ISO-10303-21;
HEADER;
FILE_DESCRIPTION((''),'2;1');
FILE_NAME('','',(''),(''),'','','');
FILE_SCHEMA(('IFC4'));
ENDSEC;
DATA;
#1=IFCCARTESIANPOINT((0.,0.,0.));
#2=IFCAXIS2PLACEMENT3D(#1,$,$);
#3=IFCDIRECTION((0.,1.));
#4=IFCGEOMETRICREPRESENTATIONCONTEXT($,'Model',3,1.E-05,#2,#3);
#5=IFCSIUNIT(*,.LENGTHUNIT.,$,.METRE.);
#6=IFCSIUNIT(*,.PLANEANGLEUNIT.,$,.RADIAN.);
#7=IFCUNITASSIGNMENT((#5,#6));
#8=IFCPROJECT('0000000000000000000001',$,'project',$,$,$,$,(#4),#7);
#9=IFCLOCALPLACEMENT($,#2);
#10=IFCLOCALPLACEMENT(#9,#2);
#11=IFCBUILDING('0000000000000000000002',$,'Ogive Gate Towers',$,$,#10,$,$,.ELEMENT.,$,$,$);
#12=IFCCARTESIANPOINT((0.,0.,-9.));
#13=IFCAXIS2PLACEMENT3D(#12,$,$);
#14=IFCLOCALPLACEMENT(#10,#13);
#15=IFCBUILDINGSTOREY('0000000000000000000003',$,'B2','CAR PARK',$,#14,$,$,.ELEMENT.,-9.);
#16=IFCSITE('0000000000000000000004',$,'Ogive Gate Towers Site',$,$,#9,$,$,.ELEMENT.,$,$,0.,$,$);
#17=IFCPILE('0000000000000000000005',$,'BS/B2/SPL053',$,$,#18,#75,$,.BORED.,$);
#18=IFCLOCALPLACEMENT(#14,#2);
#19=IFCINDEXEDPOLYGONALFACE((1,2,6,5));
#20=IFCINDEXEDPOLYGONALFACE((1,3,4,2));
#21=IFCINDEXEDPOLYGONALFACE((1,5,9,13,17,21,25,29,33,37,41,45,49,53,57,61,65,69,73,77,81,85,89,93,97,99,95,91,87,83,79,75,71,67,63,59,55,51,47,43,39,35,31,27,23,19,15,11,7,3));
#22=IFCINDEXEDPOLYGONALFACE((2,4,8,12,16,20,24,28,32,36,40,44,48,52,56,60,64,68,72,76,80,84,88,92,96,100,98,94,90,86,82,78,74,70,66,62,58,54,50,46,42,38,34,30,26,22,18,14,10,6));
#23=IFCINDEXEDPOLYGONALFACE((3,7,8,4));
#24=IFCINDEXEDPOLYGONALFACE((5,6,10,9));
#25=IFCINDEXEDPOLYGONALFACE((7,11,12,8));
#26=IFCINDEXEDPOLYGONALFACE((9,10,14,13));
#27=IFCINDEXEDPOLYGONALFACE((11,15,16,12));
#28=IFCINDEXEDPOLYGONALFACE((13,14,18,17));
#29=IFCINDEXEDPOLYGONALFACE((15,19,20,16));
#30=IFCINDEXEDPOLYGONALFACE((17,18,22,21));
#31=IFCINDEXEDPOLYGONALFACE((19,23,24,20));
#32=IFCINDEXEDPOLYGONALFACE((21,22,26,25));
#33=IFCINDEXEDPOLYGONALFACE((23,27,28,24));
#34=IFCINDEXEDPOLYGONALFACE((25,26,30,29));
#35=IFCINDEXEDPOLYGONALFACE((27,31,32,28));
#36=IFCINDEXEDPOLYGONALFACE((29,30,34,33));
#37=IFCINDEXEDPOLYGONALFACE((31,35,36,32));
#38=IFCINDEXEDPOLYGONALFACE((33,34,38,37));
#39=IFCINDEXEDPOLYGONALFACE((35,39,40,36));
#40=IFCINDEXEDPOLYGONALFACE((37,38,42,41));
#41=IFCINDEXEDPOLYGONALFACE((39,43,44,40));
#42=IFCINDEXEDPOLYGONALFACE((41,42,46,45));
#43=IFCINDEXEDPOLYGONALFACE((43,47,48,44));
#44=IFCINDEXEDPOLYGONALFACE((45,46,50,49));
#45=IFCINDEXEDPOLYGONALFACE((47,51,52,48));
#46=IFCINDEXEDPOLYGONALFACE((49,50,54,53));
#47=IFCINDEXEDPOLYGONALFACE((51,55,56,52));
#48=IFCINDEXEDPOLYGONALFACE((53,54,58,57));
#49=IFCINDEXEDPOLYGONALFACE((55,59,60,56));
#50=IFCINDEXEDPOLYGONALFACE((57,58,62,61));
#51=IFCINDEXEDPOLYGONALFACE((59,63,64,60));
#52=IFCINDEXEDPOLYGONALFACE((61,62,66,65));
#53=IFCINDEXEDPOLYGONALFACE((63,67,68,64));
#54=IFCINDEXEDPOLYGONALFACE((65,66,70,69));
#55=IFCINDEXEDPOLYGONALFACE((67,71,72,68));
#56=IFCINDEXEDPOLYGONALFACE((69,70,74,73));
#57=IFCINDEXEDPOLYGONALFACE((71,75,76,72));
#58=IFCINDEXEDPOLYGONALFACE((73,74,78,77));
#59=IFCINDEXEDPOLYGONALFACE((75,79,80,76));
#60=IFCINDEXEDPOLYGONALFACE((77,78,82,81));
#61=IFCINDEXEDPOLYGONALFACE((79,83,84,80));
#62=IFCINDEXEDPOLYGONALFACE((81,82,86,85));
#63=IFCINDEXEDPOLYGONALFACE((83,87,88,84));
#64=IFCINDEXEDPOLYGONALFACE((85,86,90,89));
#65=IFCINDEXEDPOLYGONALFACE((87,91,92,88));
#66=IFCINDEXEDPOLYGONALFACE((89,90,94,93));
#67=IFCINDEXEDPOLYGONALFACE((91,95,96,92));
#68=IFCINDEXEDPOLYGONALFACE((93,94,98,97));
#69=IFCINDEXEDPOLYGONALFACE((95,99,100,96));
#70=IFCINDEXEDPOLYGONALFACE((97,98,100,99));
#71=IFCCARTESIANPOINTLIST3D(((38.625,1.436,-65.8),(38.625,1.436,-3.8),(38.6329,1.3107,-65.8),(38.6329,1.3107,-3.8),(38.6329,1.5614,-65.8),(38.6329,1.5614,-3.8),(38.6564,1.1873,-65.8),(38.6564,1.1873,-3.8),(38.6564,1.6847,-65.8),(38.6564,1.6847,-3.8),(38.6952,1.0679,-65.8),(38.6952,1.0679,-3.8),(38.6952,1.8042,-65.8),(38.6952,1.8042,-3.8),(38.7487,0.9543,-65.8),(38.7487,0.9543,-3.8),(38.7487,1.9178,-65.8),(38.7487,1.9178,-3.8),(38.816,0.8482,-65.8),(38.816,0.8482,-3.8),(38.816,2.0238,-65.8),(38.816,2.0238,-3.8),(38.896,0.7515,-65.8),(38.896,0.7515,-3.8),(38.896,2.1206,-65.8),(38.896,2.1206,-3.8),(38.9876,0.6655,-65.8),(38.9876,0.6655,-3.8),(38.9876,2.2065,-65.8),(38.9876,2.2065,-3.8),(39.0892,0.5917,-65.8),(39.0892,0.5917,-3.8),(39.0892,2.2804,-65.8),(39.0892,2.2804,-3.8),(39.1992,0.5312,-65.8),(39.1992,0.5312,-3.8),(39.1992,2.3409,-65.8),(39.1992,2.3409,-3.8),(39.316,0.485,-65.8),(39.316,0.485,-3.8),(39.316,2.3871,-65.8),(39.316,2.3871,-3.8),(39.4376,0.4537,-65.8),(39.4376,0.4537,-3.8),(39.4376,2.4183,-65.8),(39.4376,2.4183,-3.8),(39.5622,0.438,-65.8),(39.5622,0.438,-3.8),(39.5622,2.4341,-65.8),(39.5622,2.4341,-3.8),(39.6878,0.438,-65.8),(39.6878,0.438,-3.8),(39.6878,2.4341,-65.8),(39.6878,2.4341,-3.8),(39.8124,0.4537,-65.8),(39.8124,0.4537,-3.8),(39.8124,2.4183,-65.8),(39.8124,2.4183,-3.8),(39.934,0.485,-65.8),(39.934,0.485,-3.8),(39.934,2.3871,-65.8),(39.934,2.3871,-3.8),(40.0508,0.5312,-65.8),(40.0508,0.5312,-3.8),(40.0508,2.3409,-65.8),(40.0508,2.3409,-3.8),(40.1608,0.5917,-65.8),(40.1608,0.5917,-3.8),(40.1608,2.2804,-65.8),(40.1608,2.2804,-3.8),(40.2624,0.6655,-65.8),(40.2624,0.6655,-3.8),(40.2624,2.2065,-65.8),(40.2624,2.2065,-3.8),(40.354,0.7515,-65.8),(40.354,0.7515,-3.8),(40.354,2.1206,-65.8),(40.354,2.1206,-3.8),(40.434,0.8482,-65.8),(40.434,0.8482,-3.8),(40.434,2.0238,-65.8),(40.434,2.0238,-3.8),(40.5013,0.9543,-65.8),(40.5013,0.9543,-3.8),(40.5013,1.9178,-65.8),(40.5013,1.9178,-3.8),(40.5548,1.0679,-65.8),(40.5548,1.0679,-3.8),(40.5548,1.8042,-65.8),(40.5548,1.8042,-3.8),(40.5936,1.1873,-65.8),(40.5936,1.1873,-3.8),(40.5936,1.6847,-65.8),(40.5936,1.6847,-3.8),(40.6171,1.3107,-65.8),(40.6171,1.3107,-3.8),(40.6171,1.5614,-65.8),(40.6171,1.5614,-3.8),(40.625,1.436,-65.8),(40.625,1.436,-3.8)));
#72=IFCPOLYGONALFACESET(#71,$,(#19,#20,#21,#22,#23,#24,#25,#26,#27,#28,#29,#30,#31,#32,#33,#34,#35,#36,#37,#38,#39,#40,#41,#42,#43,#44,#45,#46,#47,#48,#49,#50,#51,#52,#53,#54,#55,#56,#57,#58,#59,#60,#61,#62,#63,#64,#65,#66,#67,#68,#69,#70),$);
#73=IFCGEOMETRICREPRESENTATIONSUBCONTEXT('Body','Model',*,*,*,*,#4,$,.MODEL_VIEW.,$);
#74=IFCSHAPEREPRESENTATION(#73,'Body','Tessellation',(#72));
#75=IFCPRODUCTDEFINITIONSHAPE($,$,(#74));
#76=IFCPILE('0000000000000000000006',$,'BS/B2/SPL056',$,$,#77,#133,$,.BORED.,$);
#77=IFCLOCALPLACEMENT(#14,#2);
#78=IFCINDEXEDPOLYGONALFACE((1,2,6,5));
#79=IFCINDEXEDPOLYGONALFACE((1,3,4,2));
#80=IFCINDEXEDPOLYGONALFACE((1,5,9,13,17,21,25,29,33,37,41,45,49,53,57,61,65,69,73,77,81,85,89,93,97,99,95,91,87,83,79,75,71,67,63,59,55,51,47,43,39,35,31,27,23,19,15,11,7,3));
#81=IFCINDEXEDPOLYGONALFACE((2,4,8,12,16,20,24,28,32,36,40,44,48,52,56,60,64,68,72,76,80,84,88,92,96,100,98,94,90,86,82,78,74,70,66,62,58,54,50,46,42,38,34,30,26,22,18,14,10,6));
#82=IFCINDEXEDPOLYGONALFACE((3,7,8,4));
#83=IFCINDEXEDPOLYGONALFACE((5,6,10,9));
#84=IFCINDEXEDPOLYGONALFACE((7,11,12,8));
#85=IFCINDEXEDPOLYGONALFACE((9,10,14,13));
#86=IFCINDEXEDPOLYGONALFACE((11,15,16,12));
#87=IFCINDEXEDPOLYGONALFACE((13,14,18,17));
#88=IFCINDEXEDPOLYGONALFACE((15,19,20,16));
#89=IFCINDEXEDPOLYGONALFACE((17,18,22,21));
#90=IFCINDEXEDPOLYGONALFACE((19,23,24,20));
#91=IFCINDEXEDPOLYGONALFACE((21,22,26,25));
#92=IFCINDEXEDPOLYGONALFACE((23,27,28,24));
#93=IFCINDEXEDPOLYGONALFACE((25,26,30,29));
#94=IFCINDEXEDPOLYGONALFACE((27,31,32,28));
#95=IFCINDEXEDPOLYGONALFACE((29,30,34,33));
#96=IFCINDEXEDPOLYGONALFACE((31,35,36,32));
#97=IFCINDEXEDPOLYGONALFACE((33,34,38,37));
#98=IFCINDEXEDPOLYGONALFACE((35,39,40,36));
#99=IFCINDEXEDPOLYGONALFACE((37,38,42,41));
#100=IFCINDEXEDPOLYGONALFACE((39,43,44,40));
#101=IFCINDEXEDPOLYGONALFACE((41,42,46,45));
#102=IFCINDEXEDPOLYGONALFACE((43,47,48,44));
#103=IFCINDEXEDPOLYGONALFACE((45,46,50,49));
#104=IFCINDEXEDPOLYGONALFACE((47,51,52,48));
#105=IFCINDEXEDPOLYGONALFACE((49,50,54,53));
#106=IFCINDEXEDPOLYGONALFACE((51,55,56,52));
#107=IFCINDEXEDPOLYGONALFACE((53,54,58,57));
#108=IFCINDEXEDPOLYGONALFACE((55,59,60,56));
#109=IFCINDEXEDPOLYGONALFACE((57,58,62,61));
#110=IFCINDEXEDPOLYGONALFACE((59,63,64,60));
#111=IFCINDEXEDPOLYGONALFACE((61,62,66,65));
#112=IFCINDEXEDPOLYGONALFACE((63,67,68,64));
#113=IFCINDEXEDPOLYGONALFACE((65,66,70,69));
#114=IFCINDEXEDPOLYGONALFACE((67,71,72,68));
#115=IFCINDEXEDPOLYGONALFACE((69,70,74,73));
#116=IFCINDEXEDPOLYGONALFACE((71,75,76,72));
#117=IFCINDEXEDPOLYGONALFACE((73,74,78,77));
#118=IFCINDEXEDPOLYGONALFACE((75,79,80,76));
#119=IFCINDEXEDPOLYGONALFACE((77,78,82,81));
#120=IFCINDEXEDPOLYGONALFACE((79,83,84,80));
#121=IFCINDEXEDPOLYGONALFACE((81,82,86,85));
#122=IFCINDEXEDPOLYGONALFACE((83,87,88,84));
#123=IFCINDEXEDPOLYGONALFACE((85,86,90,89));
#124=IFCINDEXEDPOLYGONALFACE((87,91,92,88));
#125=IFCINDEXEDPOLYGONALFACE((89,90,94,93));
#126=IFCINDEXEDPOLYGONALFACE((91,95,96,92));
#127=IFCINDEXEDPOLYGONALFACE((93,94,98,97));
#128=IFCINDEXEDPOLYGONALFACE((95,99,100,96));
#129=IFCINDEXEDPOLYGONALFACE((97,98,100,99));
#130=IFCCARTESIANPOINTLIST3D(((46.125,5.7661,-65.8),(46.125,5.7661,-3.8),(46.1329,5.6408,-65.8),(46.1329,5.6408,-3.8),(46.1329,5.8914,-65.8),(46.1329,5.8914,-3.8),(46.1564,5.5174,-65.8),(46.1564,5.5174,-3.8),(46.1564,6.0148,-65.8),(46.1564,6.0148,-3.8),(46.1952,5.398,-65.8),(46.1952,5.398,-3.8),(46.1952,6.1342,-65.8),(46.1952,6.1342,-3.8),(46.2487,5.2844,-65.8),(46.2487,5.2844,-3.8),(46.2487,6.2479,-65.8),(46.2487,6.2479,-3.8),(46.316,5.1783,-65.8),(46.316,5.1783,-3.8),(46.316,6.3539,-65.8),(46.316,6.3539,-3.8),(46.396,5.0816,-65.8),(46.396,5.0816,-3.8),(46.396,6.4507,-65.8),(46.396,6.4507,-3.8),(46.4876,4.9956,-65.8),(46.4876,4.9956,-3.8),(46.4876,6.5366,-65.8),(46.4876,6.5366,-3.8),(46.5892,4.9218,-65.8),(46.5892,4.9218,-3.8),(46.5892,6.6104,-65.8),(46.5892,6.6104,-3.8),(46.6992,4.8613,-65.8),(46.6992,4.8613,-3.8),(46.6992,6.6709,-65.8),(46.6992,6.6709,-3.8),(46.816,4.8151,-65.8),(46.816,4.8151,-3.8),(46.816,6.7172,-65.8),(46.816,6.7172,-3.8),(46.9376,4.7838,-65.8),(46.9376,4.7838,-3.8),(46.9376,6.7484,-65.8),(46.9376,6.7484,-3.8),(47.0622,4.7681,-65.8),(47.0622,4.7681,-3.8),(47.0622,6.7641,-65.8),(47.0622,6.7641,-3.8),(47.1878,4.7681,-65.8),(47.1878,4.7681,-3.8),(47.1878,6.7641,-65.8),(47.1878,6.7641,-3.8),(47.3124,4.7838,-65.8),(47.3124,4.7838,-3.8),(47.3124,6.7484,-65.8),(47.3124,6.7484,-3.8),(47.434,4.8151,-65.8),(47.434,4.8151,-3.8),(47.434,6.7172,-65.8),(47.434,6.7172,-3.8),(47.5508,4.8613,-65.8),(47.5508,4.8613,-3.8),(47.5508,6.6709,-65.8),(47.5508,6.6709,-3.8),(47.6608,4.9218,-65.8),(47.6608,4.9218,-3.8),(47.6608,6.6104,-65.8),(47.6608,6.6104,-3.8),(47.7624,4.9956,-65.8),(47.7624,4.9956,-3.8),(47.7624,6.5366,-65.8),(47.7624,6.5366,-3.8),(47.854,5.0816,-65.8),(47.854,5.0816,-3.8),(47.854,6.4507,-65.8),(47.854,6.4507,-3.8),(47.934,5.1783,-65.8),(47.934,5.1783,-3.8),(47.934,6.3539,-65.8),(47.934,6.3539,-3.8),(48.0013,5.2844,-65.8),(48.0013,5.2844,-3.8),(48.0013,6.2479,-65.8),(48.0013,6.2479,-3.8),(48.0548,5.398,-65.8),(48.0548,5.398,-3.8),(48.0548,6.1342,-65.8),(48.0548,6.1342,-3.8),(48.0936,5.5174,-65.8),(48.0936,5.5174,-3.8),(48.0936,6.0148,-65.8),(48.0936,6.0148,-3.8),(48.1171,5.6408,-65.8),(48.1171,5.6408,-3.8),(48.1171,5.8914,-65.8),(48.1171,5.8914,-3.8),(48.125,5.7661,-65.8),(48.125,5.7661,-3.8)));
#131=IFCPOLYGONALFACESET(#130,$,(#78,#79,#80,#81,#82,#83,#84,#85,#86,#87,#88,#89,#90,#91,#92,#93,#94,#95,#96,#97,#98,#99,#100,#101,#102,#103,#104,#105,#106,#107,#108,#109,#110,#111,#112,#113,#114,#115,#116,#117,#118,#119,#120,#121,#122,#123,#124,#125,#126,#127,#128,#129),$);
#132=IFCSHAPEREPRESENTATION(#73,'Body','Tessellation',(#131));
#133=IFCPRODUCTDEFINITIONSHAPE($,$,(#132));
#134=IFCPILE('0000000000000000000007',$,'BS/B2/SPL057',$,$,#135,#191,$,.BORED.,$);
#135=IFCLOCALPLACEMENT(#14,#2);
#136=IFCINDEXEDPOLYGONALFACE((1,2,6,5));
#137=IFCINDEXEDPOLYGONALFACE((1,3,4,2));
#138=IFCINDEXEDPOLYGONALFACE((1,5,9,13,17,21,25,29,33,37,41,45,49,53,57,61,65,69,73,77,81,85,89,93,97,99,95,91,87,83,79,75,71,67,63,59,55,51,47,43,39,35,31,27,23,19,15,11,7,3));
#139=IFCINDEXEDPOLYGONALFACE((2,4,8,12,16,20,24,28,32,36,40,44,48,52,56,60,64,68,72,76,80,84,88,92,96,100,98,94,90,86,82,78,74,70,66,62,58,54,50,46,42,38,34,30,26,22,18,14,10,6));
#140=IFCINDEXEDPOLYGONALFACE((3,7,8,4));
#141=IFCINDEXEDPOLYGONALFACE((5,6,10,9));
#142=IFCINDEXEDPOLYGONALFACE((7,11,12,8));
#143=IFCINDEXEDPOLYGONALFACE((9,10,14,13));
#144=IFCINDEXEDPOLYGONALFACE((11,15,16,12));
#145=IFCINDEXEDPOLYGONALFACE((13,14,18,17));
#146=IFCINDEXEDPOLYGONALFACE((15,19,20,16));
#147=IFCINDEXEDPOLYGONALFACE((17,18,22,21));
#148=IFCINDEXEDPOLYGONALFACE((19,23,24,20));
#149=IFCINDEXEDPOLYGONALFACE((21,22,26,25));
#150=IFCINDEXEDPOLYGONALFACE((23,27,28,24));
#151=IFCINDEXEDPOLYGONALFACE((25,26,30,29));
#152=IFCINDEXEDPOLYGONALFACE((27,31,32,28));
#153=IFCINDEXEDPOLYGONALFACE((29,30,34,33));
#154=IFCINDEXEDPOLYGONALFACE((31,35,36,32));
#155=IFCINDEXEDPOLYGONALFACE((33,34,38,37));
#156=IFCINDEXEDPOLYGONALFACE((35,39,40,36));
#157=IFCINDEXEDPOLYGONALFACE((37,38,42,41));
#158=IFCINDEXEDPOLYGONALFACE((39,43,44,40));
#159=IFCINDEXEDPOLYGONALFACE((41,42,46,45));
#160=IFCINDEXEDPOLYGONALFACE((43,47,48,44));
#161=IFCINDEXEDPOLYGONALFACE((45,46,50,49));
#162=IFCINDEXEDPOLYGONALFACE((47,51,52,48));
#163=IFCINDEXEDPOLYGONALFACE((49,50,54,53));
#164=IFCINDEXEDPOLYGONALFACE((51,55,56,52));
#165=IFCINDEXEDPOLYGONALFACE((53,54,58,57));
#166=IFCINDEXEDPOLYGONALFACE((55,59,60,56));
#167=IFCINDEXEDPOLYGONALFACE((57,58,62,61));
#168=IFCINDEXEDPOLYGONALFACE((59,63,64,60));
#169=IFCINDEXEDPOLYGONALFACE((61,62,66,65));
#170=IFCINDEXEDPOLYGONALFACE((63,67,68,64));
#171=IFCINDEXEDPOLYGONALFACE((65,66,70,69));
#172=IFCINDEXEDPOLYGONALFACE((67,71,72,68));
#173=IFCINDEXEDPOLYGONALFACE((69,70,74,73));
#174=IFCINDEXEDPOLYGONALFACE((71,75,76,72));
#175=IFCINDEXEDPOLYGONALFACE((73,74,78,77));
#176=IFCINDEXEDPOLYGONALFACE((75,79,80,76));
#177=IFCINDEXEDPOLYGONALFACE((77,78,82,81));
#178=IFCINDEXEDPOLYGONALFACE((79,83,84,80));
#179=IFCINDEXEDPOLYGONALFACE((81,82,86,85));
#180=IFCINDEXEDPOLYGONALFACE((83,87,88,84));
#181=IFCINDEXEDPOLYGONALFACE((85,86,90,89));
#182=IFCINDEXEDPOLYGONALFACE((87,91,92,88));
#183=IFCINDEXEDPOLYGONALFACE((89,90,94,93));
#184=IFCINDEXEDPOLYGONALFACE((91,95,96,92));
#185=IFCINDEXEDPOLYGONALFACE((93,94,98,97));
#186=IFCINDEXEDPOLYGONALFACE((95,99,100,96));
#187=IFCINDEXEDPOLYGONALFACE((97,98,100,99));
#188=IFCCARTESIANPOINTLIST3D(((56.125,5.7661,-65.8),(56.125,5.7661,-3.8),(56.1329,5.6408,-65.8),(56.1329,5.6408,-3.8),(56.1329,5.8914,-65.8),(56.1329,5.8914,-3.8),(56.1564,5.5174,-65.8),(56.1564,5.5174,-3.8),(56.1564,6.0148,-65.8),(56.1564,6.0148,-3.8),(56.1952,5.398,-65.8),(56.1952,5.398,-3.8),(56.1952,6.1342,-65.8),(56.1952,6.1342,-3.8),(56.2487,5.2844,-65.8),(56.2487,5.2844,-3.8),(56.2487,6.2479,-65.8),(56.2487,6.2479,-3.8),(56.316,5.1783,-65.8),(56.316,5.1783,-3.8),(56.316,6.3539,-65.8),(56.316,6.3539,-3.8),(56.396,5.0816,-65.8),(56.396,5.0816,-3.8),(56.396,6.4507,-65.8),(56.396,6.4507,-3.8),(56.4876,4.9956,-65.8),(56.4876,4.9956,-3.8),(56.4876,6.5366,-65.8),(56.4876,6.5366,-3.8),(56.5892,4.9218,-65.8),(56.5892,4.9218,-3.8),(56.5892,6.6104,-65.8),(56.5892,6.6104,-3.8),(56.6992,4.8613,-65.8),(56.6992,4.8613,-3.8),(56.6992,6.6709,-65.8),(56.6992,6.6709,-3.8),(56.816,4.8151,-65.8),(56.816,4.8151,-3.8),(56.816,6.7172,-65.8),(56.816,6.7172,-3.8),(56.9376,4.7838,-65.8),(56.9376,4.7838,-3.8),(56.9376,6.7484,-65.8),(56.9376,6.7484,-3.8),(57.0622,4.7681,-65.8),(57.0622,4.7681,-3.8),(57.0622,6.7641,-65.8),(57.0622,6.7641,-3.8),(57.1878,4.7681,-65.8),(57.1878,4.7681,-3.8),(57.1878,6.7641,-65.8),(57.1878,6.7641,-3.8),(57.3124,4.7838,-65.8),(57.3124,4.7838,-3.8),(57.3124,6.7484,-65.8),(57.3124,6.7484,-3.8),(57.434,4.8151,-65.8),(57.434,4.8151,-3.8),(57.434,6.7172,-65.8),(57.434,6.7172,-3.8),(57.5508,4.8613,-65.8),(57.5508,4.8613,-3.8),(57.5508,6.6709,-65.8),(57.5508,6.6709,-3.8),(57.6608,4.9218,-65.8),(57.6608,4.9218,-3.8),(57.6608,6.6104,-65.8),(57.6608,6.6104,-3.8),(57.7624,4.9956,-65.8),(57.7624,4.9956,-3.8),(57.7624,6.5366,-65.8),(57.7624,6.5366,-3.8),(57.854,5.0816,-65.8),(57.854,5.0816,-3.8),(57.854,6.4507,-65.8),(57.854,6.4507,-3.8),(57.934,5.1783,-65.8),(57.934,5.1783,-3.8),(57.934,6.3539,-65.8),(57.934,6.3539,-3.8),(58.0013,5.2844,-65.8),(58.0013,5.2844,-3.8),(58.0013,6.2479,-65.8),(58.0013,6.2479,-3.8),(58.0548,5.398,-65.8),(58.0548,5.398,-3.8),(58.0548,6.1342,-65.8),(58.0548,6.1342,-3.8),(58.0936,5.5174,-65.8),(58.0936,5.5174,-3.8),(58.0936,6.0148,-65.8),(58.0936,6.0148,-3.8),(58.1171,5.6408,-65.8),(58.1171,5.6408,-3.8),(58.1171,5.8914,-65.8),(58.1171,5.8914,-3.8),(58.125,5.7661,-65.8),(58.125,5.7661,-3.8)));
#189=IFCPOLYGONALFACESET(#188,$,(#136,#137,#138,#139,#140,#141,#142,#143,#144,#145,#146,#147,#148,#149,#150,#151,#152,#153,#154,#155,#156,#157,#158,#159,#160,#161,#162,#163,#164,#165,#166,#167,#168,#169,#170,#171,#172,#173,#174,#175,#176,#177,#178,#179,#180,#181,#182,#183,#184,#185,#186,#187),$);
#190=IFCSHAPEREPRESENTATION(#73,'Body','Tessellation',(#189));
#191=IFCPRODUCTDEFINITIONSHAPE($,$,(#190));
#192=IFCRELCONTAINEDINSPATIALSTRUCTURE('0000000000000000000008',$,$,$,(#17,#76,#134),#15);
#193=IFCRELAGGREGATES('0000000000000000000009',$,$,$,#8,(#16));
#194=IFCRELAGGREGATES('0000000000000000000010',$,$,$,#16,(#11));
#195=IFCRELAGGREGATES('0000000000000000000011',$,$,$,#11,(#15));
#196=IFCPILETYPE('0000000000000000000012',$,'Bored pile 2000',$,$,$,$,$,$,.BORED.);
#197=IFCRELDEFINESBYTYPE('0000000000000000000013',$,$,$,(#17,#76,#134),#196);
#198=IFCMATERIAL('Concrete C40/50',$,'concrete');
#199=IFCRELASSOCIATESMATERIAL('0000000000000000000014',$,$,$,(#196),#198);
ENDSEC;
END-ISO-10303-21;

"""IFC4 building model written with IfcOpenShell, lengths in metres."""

from ifc_helpers import new_model, si_unit, direction, frame, origin, origin_2d, place, context, subcontext, project, spatial, circle, extrude, material, material_profile, profile_set, type_object, element, save


model = new_model("IFC4")

# Units and contexts
model_context = context("Model", 3, precision=1e-05, world=origin(), true_north=direction((0.0, 1.0)))
body_context = subcontext(model_context, "Body", "Model", "MODEL_VIEW")
ifc_project = project(units=[si_unit("LENGTHUNIT", "METRE"), si_unit("PLANEANGLEUNIT", "RADIAN")], contexts=[model_context])

# Site, building, storey
site_placement = place(None, origin())
site = spatial("IfcSite", under=ifc_project, at=site_placement, Name="Ogive Gate Towers Site", CompositionType="ELEMENT", RefElevation=0.0)
building_placement = place(site_placement, origin())
building = spatial("IfcBuilding", under=site, at=building_placement, Name="Ogive Gate Towers", CompositionType="ELEMENT")
storey_placement = place(building_placement, frame((0.0, 0.0, -9.0)))
storey = spatial("IfcBuildingStorey", under=building, at=storey_placement, Name="B2", Description="CAR PARK", CompositionType="ELEMENT", Elevation=-9.0)

# Piles
ifc_material_1 = material(Name="Concrete C40/50", Category="concrete")
ifc_material_profile_1 = material_profile(ifc_material_1, circle(Radius=1.0, at=origin_2d()), Name="BP 2000")
ifc_profile_set_1 = profile_set([ifc_material_profile_1], Name="Concrete C40/50")
pile_type_1 = type_object("IfcPileType", Name="Bored pile 2000", PredefinedType="BORED", material=ifc_profile_set_1)
for number, where, z_axis, x_axis, name in (
    (1, (39.625, 1.436, -3.8), (0.0, 0.0, -1.0), (1.0, 0.0, 0.0), "BS/B2/SPL053"),
    (2, (47.125, 5.7661, -3.8), (0.0, 0.0, -1.0), (1.0, 0.0, 0.0), "BS/B2/SPL056"),
    (3, (57.125, 5.7661, -3.8), (0.0, 0.0, -1.0), (1.0, 0.0, 0.0), "BS/B2/SPL057"),
):
    element("IfcPile", number, at=place(storey_placement, frame(where, z_axis=z_axis, x_axis=x_axis)), inside=storey, type_object=pile_type_1, Name=name, PredefinedType="BORED", context=body_context, shape_type="SweptSolid", body=[
        extrude(circle(Radius=1.0, at=origin_2d()), origin(), (0.0, 0.0, 1.0), 62.0),
    ])

save(model, "model.ifc")
